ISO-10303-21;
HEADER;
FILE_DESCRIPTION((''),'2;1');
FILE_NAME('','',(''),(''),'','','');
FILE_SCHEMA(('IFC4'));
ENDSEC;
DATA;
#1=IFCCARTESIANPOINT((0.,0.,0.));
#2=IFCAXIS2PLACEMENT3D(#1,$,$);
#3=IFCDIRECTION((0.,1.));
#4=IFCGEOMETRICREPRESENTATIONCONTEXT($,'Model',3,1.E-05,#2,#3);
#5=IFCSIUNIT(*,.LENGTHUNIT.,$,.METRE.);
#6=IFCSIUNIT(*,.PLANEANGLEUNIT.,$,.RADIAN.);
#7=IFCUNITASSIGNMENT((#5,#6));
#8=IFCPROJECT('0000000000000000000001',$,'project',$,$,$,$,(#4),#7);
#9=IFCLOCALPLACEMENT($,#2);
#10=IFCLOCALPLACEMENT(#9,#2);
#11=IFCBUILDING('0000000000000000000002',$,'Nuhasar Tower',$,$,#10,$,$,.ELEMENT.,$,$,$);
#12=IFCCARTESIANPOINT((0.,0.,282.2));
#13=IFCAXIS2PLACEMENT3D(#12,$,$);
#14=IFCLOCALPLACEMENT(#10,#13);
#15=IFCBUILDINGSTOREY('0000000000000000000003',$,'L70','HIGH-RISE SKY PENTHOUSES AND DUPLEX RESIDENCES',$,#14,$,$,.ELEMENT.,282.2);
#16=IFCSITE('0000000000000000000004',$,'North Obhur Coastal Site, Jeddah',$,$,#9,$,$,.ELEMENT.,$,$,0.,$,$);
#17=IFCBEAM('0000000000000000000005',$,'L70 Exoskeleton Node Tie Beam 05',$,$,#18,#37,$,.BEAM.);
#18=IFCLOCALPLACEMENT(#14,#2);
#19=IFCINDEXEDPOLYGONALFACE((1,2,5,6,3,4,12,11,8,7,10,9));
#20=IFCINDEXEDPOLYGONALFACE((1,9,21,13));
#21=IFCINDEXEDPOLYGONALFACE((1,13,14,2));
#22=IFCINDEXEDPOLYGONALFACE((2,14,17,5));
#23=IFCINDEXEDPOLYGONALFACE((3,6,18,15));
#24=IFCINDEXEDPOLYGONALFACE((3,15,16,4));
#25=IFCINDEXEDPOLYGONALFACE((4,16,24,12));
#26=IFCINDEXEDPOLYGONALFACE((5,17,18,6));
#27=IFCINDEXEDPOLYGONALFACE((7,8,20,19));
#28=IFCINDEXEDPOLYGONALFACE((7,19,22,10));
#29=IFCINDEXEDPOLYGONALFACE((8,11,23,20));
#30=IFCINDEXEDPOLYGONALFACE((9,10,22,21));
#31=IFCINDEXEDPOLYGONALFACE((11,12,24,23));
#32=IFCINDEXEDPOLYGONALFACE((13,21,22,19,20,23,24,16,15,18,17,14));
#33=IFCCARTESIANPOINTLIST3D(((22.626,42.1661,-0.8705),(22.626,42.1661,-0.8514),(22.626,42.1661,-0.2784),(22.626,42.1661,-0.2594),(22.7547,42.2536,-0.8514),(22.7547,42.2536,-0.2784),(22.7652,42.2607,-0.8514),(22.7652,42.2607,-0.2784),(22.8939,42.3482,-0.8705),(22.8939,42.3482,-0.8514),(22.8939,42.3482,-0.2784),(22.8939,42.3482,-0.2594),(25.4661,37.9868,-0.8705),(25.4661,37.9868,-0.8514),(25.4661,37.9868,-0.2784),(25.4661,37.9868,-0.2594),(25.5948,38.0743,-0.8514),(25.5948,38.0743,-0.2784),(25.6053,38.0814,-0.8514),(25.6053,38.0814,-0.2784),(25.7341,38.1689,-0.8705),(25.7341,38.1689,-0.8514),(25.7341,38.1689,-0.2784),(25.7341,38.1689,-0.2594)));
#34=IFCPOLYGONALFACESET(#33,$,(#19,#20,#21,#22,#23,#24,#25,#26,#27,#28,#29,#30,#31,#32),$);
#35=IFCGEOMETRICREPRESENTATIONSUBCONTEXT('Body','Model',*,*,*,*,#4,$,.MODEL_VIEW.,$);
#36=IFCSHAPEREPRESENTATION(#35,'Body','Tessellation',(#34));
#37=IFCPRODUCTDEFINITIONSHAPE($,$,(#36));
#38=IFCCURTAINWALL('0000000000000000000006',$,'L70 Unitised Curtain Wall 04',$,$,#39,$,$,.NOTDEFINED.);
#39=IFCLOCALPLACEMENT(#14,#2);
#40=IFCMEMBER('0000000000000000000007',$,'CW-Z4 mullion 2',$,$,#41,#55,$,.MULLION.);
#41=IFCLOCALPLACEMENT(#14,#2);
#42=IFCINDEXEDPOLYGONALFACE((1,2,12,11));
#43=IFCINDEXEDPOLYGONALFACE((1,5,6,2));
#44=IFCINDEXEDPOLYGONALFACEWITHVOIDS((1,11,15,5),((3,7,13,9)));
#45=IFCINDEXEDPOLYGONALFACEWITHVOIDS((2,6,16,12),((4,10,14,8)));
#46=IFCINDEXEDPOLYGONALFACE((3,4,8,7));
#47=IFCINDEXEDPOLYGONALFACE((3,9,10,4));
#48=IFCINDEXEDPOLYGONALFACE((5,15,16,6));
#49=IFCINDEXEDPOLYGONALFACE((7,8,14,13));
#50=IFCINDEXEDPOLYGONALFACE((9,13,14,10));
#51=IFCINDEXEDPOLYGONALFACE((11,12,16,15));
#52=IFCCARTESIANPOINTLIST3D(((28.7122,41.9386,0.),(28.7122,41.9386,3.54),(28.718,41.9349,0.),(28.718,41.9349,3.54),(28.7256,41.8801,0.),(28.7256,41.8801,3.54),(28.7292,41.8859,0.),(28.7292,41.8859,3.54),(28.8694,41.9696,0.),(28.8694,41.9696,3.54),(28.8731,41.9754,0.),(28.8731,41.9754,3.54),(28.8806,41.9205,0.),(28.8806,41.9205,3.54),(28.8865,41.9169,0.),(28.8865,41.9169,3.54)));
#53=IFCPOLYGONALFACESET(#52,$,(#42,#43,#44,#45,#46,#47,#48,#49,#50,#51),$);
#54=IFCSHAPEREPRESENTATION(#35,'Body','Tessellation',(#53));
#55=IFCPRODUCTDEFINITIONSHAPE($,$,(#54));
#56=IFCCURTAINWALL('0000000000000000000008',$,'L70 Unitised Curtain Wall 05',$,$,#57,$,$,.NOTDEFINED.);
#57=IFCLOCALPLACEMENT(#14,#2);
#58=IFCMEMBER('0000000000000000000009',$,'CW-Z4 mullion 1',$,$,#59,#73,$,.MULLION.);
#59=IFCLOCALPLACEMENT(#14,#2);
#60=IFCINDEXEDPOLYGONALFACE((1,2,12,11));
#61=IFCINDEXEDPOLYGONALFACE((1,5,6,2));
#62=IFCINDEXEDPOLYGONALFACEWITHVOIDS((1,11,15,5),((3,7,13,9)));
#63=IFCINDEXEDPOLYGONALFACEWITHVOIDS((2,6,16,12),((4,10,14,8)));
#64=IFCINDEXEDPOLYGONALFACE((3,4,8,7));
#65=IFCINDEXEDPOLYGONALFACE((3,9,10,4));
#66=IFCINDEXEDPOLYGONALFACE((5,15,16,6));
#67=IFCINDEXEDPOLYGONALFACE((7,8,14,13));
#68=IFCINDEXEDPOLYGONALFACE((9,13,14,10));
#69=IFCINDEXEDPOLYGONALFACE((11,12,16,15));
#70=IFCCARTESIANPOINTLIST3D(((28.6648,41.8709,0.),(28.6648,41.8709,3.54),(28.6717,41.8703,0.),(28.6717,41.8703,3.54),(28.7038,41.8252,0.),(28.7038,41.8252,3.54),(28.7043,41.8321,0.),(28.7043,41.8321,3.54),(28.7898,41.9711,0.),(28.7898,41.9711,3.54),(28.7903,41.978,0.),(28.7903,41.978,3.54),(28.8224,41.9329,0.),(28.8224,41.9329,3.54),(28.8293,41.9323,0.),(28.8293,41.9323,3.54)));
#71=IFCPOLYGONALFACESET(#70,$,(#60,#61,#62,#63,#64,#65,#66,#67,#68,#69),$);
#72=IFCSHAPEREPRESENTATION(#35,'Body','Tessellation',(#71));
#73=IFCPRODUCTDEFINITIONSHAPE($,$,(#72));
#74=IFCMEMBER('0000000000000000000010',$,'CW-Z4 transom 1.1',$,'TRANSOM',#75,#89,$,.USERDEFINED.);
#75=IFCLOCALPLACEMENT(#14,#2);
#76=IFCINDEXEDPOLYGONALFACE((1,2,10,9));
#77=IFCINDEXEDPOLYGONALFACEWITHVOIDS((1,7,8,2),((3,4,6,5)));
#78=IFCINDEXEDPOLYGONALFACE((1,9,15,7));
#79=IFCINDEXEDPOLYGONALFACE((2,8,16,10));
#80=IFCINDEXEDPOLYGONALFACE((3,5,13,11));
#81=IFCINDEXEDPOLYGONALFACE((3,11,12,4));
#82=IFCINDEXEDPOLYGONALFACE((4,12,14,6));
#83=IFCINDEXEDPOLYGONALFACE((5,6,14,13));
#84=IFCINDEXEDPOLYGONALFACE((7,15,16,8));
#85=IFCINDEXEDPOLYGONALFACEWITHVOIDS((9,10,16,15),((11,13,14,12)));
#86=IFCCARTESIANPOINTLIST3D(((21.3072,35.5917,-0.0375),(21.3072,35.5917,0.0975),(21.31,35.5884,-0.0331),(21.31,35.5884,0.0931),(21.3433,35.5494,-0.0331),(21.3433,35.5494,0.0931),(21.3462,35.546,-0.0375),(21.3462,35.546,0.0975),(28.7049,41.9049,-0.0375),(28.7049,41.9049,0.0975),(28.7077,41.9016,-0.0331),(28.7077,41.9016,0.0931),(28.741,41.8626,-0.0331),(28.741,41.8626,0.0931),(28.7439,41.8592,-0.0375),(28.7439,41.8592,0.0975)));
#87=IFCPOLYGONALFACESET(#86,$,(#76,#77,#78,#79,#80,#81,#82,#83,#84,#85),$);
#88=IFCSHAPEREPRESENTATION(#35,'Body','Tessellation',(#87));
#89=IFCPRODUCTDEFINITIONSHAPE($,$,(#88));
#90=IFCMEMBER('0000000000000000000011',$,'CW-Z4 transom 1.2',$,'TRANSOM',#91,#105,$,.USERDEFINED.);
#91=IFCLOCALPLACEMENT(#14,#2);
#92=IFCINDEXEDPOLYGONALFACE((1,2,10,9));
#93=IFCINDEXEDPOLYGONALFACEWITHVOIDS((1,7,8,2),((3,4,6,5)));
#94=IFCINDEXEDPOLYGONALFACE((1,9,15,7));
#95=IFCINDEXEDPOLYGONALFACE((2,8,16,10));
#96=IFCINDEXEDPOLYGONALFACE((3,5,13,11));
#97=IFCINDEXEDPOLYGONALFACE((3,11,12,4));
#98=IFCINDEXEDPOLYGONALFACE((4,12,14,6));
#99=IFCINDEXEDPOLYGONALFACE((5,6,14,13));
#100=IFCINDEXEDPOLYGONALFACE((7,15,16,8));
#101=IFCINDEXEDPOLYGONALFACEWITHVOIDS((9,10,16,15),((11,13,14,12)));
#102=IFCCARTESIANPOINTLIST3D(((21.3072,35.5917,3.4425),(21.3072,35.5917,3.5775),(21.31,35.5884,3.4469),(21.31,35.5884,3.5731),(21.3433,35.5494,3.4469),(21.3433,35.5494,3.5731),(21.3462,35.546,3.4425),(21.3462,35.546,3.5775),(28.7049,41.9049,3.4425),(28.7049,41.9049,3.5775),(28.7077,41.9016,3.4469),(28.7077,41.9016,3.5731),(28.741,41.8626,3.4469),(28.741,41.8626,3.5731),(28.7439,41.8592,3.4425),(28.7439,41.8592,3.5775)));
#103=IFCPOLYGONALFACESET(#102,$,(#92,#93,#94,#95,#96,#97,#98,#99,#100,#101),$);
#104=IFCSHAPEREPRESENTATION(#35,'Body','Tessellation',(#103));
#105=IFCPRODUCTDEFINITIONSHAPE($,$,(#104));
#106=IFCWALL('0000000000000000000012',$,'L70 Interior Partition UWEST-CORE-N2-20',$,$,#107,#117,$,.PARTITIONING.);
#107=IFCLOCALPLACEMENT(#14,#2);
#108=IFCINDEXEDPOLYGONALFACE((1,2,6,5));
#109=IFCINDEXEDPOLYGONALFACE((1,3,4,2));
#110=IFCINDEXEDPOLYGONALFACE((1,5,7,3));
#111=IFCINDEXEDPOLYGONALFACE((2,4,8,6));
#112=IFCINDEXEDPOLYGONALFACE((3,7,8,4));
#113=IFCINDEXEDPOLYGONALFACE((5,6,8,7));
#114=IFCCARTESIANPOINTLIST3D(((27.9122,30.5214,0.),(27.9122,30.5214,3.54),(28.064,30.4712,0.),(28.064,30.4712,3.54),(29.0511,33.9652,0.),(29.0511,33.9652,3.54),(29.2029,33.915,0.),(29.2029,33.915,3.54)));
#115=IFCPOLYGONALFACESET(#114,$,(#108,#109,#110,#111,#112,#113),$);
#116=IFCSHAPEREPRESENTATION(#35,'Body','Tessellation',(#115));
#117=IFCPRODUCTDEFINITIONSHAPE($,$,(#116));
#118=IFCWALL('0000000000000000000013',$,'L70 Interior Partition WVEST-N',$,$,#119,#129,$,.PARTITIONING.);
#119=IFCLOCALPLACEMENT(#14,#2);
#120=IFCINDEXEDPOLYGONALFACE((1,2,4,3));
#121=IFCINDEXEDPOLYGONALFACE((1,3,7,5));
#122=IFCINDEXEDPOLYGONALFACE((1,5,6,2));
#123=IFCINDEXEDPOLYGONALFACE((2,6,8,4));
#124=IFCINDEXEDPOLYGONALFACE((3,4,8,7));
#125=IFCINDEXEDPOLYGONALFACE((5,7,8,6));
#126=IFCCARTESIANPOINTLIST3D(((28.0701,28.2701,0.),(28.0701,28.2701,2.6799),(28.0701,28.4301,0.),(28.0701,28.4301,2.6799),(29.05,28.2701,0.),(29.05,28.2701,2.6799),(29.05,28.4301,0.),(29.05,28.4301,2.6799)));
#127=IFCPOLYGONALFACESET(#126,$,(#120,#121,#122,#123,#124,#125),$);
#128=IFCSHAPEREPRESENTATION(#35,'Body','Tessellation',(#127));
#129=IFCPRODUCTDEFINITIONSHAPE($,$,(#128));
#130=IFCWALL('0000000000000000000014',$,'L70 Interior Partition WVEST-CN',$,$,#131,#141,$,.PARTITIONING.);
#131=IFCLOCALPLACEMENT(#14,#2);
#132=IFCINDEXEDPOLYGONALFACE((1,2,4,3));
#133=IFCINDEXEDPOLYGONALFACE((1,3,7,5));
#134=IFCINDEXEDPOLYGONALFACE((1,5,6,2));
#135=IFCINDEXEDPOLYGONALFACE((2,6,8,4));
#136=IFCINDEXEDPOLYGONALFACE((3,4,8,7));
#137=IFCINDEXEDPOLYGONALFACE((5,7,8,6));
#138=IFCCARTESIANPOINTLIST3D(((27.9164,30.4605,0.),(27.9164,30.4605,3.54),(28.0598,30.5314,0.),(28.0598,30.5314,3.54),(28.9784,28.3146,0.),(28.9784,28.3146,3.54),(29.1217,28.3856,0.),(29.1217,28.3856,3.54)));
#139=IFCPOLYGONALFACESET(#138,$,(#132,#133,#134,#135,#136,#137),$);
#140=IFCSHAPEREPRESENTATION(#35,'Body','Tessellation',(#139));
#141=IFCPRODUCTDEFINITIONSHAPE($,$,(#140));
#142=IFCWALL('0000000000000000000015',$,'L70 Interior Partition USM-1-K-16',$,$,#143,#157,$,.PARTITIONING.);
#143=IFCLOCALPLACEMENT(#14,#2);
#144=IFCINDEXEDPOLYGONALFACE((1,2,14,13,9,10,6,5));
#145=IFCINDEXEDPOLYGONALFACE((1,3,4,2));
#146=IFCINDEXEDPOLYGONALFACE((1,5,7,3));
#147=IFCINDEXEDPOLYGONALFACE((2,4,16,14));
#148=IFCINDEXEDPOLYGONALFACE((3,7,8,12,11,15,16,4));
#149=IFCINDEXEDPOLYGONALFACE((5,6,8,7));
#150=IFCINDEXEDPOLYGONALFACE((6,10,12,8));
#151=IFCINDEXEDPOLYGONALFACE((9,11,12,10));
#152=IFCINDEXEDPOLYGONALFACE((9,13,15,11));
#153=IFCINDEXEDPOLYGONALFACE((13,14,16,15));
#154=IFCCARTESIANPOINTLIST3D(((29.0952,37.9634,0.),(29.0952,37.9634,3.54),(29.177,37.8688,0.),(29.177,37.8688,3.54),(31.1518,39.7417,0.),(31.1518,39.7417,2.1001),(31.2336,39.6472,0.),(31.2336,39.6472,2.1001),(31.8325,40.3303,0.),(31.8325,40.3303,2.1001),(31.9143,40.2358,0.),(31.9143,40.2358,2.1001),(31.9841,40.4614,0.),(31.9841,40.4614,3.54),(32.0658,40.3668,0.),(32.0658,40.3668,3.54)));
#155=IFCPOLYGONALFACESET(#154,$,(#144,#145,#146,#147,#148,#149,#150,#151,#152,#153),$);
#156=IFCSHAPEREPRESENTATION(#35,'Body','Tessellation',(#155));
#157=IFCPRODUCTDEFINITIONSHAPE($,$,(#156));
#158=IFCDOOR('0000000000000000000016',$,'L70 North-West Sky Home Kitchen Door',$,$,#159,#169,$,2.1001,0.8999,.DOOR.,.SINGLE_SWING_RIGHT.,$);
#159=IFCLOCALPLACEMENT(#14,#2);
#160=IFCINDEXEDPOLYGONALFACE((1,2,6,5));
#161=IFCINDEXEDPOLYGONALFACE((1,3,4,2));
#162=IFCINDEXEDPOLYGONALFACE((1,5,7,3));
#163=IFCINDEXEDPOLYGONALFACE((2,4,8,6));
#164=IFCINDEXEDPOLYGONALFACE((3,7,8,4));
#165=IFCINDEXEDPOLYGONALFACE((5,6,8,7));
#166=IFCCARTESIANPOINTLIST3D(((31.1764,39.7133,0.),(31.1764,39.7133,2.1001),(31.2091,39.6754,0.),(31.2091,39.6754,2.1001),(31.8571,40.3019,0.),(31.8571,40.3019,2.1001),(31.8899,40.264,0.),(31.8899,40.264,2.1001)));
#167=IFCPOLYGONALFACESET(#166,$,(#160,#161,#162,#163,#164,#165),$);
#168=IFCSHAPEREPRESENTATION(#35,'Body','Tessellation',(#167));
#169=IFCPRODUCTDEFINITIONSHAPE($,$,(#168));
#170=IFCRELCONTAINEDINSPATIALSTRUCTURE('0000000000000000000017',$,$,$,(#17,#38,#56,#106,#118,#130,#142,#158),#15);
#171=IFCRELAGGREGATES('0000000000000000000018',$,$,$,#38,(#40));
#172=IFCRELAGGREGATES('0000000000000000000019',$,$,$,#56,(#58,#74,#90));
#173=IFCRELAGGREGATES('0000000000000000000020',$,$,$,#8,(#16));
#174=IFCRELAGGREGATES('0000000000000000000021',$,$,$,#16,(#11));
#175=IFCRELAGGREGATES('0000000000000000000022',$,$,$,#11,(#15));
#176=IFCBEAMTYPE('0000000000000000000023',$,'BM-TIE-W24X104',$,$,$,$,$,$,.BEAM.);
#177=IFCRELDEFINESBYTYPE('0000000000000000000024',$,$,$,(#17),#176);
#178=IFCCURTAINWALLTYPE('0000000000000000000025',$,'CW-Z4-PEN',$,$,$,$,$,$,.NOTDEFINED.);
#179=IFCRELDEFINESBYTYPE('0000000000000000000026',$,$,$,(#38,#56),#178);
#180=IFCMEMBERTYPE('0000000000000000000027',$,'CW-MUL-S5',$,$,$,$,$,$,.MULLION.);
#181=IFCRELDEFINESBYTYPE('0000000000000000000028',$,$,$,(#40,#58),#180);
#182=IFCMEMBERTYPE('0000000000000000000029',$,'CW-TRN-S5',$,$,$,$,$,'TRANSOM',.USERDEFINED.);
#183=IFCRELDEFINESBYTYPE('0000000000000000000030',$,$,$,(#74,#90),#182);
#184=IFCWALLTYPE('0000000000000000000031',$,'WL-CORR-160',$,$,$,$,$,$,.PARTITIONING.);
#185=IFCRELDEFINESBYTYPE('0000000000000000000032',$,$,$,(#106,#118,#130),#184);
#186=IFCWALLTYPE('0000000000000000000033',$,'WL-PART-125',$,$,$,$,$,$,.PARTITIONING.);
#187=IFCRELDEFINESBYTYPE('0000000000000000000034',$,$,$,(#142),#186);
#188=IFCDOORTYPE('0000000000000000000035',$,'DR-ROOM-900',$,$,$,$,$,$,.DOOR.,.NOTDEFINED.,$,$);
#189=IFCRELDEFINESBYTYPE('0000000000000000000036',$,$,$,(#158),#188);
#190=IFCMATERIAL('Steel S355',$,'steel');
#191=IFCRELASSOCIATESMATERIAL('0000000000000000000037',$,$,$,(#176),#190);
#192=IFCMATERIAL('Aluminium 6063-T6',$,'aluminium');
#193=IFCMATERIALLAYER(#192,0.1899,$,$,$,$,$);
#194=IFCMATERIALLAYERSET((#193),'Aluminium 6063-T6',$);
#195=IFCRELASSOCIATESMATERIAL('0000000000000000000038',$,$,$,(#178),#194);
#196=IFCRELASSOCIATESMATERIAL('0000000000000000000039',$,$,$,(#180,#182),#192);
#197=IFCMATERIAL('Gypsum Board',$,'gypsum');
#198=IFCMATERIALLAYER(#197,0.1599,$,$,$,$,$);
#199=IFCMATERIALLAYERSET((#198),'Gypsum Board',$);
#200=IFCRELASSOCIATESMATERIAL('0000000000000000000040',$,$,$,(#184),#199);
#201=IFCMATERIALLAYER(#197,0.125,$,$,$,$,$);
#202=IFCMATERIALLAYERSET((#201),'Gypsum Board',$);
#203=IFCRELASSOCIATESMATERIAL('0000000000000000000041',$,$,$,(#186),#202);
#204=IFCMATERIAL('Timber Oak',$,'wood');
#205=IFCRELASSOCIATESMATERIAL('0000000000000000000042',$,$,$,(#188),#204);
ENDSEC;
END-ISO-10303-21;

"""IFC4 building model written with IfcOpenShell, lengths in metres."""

from ifc_helpers import new_model, si_unit, direction, frame, frame_2d, origin, origin_2d, place, context, subcontext, project, spatial, rectangle, hollow_rectangle, i_section, extrude, material, layer, layer_set, material_profile, profile_set, type_object, element, fill, aggregate, save


model = new_model("IFC4")

# Units and contexts
model_context = context("Model", 3, precision=1e-05, world=origin(), true_north=direction((0.0, 1.0)))
body_context = subcontext(model_context, "Body", "Model", "MODEL_VIEW")
ifc_project = project(units=[si_unit("LENGTHUNIT", "METRE"), si_unit("PLANEANGLEUNIT", "RADIAN")], contexts=[model_context])

# Site, building, storey
site_placement = place(None, origin())
site = spatial("IfcSite", under=ifc_project, at=site_placement, Name="North Obhur Coastal Site, Jeddah", CompositionType="ELEMENT", RefElevation=0.0)
building_placement = place(site_placement, origin())
building = spatial("IfcBuilding", under=site, at=building_placement, Name="Nuhasar Tower", CompositionType="ELEMENT")
storey_placement = place(building_placement, frame((0.0, 0.0, 282.2)))
storey = spatial("IfcBuildingStorey", under=building, at=storey_placement, Name="L70", Description="HIGH-RISE SKY PENTHOUSES AND DUPLEX RESIDENCES", CompositionType="ELEMENT", Elevation=282.2)

# Beam
ifc_material_1 = material(Name="Steel S355", Category="steel")
ifc_material_profile_1 = material_profile(ifc_material_1, i_section(OverallWidth=0.324, OverallDepth=0.6111, WebThickness=0.0127, FlangeThickness=0.019, at=origin_2d()), Name="W24X104")
ifc_profile_set_1 = profile_set([ifc_material_profile_1], Name="Steel S355")
beam_type_1 = type_object("IfcBeamType", Name="BM-TIE-W24X104", PredefinedType="BEAM", material=ifc_profile_set_1)
beam_1_placement = place(storey_placement, frame((25.6001, 38.0779, -0.5649), z_axis=(-0.562071, 0.827089, 0.0), x_axis=(-0.827089, -0.562071, 0.0)))
element("IfcBeam", 1, at=beam_1_placement, inside=storey, type_object=beam_type_1, Name="L70 Exoskeleton Node Tie Beam 05", PredefinedType="BEAM", context=body_context, shape_type="SweptSolid", body=[
    extrude(i_section(OverallWidth=0.324, OverallDepth=0.6111, WebThickness=0.0127, FlangeThickness=0.019, at=origin_2d()), origin(), (0.0, 0.0, 1.0), 5.053),
])

# Curtain wall, member
ifc_material_2 = material(Name="Aluminium 6063-T6", Category="aluminium")
ifc_layer_1 = layer(ifc_material_2, 0.1899)
ifc_layer_set_1 = layer_set([ifc_layer_1], Name="Aluminium 6063-T6")
curtain_wall_type = type_object("IfcCurtainWallType", Name="CW-Z4-PEN", PredefinedType="NOTDEFINED", material=ifc_layer_set_1)
curtain_wall_1_placement = place(storey_placement, origin())
curtain_wall_1 = element("IfcCurtainWall", 2, at=curtain_wall_1_placement, inside=storey, type_object=curtain_wall_type, Name="L70 Unitised Curtain Wall 04", PredefinedType="NOTDEFINED")
ifc_material_profile_2 = material_profile(ifc_material_2, hollow_rectangle(XDim=0.0601, YDim=0.165, WallThickness=0.0049, at=origin_2d()), Name="CWM-5")
ifc_profile_set_2 = profile_set([ifc_material_profile_2], Name="Aluminium 6063-T6")
member_type_1 = type_object("IfcMemberType", Name="CW-MUL-S5", PredefinedType="MULLION", material=ifc_profile_set_2)
member_1_placement = place(storey_placement, frame((28.7993, 41.9277, 0.0), z_axis=(0.0, 0.0, 1.0), x_axis=(0.222889, -0.974844, 0.0)))
member_1 = element("IfcMember", 3, at=member_1_placement, type_object=member_type_1, Name="CW-Z4 mullion 2", PredefinedType="MULLION", context=body_context, shape_type="SweptSolid", body=[
    extrude(hollow_rectangle(XDim=0.0601, YDim=0.165, WallThickness=0.0049, at=origin_2d()), origin(), (0.0, 0.0, 1.0), 3.54),
])
aggregate(curtain_wall_1, [member_1])

# Curtain wall, members
curtain_wall_2_placement = place(storey_placement, origin())
curtain_wall_2 = element("IfcCurtainWall", 4, at=curtain_wall_2_placement, inside=storey, type_object=curtain_wall_type, Name="L70 Unitised Curtain Wall 05", PredefinedType="NOTDEFINED")
member_2_placement = place(storey_placement, frame((28.7471, 41.9016, 0.0), z_axis=(0.0, 0.0, 1.0), x_axis=(0.649142, -0.760667, 0.0)))
member_2 = element("IfcMember", 5, at=member_2_placement, type_object=member_type_1, Name="CW-Z4 mullion 1", PredefinedType="MULLION", context=body_context, shape_type="SweptSolid", body=[
    extrude(hollow_rectangle(XDim=0.0601, YDim=0.165, WallThickness=0.0049, at=origin_2d()), origin(), (0.0, 0.0, 1.0), 3.54),
])
ifc_material_profile_3 = material_profile(ifc_material_2, hollow_rectangle(XDim=0.0601, YDim=0.135, WallThickness=0.0044, at=origin_2d()), Name="CWT-5")
ifc_profile_set_3 = profile_set([ifc_material_profile_3], Name="Aluminium 6063-T6")
member_type_2 = type_object("IfcMemberType", Name="CW-TRN-S5", ElementType="TRANSOM", PredefinedType="USERDEFINED", material=ifc_profile_set_3)
member_3_placement = place(storey_placement, frame((28.7244, 41.8821, 0.03), z_axis=(-0.76066, -0.64915, 0.0), x_axis=(0.64915, -0.76066, 0.0)))
member_3 = element("IfcMember", 6, at=member_3_placement, type_object=member_type_2, Name="CW-Z4 transom 1.1", ObjectType="TRANSOM", PredefinedType="USERDEFINED", context=body_context, shape_type="SweptSolid", body=[
    extrude(hollow_rectangle(XDim=0.0601, YDim=0.135, WallThickness=0.0044, at=origin_2d()), origin(), (0.0, 0.0, 1.0), 9.7253),
])
member_4_placement = place(storey_placement, frame((28.7244, 41.8821, 3.51), z_axis=(-0.76066, -0.64915, 0.0), x_axis=(0.64915, -0.76066, 0.0)))
member_4 = element("IfcMember", 7, at=member_4_placement, type_object=member_type_2, Name="CW-Z4 transom 1.2", ObjectType="TRANSOM", PredefinedType="USERDEFINED", context=body_context, shape_type="SweptSolid", body=[
    extrude(hollow_rectangle(XDim=0.0601, YDim=0.135, WallThickness=0.0044, at=origin_2d()), origin(), (0.0, 0.0, 1.0), 9.7253),
])
aggregate(curtain_wall_2, [member_2, member_3, member_4])

# Wall
ifc_material_3 = material(Name="Gypsum Board", Category="gypsum")
ifc_layer_2 = layer(ifc_material_3, 0.1599)
ifc_layer_set_2 = layer_set([ifc_layer_2], Name="Gypsum Board")
wall_type_1 = type_object("IfcWallType", Name="WL-CORR-160", PredefinedType="PARTITIONING", material=ifc_layer_set_2)
wall_1_placement = place(storey_placement, frame((29.127, 33.9399, 0.0), z_axis=(0.0, 0.0, 1.0), x_axis=(-0.313986, -0.949428, 0.0)))
element("IfcWall", 8, at=wall_1_placement, inside=storey, type_object=wall_type_1, Name="L70 Interior Partition UWEST-CORE-N2-20", PredefinedType="PARTITIONING", context=body_context, shape_type="SweptSolid", body=[
    extrude(rectangle(XDim=3.6272, YDim=0.1599, at=frame_2d((1.8135, 0.0))), origin(), (0.0, 0.0, 1.0), 3.54),
])

# Shared definitions
ifc_material_4 = material(Name="Timber Oak", Category="wood")

# Walls
wall_2_placement = place(storey_placement, frame((28.0701, 28.3501, 0.0), z_axis=(0.0, 0.0, 1.0), x_axis=(1.0, 0.0, 0.0)))
element("IfcWall", 9, at=wall_2_placement, inside=storey, type_object=wall_type_1, Name="L70 Interior Partition WVEST-N", PredefinedType="PARTITIONING", context=body_context, shape_type="SweptSolid", body=[
    extrude(rectangle(XDim=0.98, YDim=0.1599, at=frame_2d((0.49, 0.0))), origin(), (0.0, 0.0, 1.0), 2.6799),
])
wall_3_placement = place(storey_placement, frame((27.988, 30.4961, 0.0), z_axis=(0.0, 0.0, 1.0), x_axis=(0.443539, -0.896255, 0.0)))
element("IfcWall", 10, at=wall_3_placement, inside=storey, type_object=wall_type_1, Name="L70 Interior Partition WVEST-CN", PredefinedType="PARTITIONING", context=body_context, shape_type="SweptSolid", body=[
    extrude(rectangle(XDim=2.3943, YDim=0.1599, at=frame_2d((1.1973, 0.0))), origin(), (0.0, 0.0, 1.0), 3.54),
])

# Wall, opening, door
ifc_layer_3 = layer(ifc_material_3, 0.125)
ifc_layer_set_3 = layer_set([ifc_layer_3], Name="Gypsum Board")
wall_type_2 = type_object("IfcWallType", Name="WL-PART-125", PredefinedType="PARTITIONING", material=ifc_layer_set_3)
wall_4_placement = place(storey_placement, frame((29.136, 37.916, 0.0), z_axis=(0.0, 0.0, 1.0), x_axis=(0.756425, 0.654081, 0.0)))
wall_4 = element("IfcWall", 11, at=wall_4_placement, inside=storey, type_object=wall_type_2, Name="L70 Interior Partition USM-1-K-16", PredefinedType="PARTITIONING", context=body_context, shape_type="SweptSolid", body=[
    extrude(rectangle(XDim=3.8191, YDim=0.125, at=frame_2d((1.9097, 0.0))), origin(), (0.0, 0.0, 1.0), 3.54),
])
opening_1_placement = place(wall_4_placement, frame((2.719, 0.0, 0.0)))
opening_1 = element("IfcOpeningElement", 12, at=opening_1_placement, cuts=wall_4, PredefinedType="OPENING", context=body_context, shape_type="SweptSolid", body=[
    extrude(rectangle(XDim=0.8999, YDim=2.1001, at=frame_2d((0.45, 1.05))), frame((0.0, 0.0725, 0.0), z_axis=(0.0, -1.0, 0.0), x_axis=(1.0, 0.0, 0.0)), (0.0, 0.0, 1.0), 0.145),
])
door_type_1 = type_object("IfcDoorType", Name="DR-ROOM-900", OperationType="NOTDEFINED", PredefinedType="DOOR", material=ifc_material_4)
door_1_placement = place(opening_1_placement, origin())
door_1 = element("IfcDoor", 13, at=door_1_placement, inside=storey, type_object=door_type_1, Name="L70 North-West Sky Home Kitchen Door", OperationType="SINGLE_SWING_RIGHT", OverallHeight=2.1001, OverallWidth=0.8999, PredefinedType="DOOR", context=body_context, shape_type="SweptSolid", body=[
    extrude(rectangle(XDim=0.8999, YDim=2.1001, at=frame_2d((0.45, 1.05))), frame((0.0, 0.0249, 0.0), z_axis=(0.0, -1.0, 0.0), x_axis=(1.0, 0.0, 0.0)), (0.0, 0.0, 1.0), 0.05),
])
fill(opening_1, door_1)

save(model, "model.ifc")
